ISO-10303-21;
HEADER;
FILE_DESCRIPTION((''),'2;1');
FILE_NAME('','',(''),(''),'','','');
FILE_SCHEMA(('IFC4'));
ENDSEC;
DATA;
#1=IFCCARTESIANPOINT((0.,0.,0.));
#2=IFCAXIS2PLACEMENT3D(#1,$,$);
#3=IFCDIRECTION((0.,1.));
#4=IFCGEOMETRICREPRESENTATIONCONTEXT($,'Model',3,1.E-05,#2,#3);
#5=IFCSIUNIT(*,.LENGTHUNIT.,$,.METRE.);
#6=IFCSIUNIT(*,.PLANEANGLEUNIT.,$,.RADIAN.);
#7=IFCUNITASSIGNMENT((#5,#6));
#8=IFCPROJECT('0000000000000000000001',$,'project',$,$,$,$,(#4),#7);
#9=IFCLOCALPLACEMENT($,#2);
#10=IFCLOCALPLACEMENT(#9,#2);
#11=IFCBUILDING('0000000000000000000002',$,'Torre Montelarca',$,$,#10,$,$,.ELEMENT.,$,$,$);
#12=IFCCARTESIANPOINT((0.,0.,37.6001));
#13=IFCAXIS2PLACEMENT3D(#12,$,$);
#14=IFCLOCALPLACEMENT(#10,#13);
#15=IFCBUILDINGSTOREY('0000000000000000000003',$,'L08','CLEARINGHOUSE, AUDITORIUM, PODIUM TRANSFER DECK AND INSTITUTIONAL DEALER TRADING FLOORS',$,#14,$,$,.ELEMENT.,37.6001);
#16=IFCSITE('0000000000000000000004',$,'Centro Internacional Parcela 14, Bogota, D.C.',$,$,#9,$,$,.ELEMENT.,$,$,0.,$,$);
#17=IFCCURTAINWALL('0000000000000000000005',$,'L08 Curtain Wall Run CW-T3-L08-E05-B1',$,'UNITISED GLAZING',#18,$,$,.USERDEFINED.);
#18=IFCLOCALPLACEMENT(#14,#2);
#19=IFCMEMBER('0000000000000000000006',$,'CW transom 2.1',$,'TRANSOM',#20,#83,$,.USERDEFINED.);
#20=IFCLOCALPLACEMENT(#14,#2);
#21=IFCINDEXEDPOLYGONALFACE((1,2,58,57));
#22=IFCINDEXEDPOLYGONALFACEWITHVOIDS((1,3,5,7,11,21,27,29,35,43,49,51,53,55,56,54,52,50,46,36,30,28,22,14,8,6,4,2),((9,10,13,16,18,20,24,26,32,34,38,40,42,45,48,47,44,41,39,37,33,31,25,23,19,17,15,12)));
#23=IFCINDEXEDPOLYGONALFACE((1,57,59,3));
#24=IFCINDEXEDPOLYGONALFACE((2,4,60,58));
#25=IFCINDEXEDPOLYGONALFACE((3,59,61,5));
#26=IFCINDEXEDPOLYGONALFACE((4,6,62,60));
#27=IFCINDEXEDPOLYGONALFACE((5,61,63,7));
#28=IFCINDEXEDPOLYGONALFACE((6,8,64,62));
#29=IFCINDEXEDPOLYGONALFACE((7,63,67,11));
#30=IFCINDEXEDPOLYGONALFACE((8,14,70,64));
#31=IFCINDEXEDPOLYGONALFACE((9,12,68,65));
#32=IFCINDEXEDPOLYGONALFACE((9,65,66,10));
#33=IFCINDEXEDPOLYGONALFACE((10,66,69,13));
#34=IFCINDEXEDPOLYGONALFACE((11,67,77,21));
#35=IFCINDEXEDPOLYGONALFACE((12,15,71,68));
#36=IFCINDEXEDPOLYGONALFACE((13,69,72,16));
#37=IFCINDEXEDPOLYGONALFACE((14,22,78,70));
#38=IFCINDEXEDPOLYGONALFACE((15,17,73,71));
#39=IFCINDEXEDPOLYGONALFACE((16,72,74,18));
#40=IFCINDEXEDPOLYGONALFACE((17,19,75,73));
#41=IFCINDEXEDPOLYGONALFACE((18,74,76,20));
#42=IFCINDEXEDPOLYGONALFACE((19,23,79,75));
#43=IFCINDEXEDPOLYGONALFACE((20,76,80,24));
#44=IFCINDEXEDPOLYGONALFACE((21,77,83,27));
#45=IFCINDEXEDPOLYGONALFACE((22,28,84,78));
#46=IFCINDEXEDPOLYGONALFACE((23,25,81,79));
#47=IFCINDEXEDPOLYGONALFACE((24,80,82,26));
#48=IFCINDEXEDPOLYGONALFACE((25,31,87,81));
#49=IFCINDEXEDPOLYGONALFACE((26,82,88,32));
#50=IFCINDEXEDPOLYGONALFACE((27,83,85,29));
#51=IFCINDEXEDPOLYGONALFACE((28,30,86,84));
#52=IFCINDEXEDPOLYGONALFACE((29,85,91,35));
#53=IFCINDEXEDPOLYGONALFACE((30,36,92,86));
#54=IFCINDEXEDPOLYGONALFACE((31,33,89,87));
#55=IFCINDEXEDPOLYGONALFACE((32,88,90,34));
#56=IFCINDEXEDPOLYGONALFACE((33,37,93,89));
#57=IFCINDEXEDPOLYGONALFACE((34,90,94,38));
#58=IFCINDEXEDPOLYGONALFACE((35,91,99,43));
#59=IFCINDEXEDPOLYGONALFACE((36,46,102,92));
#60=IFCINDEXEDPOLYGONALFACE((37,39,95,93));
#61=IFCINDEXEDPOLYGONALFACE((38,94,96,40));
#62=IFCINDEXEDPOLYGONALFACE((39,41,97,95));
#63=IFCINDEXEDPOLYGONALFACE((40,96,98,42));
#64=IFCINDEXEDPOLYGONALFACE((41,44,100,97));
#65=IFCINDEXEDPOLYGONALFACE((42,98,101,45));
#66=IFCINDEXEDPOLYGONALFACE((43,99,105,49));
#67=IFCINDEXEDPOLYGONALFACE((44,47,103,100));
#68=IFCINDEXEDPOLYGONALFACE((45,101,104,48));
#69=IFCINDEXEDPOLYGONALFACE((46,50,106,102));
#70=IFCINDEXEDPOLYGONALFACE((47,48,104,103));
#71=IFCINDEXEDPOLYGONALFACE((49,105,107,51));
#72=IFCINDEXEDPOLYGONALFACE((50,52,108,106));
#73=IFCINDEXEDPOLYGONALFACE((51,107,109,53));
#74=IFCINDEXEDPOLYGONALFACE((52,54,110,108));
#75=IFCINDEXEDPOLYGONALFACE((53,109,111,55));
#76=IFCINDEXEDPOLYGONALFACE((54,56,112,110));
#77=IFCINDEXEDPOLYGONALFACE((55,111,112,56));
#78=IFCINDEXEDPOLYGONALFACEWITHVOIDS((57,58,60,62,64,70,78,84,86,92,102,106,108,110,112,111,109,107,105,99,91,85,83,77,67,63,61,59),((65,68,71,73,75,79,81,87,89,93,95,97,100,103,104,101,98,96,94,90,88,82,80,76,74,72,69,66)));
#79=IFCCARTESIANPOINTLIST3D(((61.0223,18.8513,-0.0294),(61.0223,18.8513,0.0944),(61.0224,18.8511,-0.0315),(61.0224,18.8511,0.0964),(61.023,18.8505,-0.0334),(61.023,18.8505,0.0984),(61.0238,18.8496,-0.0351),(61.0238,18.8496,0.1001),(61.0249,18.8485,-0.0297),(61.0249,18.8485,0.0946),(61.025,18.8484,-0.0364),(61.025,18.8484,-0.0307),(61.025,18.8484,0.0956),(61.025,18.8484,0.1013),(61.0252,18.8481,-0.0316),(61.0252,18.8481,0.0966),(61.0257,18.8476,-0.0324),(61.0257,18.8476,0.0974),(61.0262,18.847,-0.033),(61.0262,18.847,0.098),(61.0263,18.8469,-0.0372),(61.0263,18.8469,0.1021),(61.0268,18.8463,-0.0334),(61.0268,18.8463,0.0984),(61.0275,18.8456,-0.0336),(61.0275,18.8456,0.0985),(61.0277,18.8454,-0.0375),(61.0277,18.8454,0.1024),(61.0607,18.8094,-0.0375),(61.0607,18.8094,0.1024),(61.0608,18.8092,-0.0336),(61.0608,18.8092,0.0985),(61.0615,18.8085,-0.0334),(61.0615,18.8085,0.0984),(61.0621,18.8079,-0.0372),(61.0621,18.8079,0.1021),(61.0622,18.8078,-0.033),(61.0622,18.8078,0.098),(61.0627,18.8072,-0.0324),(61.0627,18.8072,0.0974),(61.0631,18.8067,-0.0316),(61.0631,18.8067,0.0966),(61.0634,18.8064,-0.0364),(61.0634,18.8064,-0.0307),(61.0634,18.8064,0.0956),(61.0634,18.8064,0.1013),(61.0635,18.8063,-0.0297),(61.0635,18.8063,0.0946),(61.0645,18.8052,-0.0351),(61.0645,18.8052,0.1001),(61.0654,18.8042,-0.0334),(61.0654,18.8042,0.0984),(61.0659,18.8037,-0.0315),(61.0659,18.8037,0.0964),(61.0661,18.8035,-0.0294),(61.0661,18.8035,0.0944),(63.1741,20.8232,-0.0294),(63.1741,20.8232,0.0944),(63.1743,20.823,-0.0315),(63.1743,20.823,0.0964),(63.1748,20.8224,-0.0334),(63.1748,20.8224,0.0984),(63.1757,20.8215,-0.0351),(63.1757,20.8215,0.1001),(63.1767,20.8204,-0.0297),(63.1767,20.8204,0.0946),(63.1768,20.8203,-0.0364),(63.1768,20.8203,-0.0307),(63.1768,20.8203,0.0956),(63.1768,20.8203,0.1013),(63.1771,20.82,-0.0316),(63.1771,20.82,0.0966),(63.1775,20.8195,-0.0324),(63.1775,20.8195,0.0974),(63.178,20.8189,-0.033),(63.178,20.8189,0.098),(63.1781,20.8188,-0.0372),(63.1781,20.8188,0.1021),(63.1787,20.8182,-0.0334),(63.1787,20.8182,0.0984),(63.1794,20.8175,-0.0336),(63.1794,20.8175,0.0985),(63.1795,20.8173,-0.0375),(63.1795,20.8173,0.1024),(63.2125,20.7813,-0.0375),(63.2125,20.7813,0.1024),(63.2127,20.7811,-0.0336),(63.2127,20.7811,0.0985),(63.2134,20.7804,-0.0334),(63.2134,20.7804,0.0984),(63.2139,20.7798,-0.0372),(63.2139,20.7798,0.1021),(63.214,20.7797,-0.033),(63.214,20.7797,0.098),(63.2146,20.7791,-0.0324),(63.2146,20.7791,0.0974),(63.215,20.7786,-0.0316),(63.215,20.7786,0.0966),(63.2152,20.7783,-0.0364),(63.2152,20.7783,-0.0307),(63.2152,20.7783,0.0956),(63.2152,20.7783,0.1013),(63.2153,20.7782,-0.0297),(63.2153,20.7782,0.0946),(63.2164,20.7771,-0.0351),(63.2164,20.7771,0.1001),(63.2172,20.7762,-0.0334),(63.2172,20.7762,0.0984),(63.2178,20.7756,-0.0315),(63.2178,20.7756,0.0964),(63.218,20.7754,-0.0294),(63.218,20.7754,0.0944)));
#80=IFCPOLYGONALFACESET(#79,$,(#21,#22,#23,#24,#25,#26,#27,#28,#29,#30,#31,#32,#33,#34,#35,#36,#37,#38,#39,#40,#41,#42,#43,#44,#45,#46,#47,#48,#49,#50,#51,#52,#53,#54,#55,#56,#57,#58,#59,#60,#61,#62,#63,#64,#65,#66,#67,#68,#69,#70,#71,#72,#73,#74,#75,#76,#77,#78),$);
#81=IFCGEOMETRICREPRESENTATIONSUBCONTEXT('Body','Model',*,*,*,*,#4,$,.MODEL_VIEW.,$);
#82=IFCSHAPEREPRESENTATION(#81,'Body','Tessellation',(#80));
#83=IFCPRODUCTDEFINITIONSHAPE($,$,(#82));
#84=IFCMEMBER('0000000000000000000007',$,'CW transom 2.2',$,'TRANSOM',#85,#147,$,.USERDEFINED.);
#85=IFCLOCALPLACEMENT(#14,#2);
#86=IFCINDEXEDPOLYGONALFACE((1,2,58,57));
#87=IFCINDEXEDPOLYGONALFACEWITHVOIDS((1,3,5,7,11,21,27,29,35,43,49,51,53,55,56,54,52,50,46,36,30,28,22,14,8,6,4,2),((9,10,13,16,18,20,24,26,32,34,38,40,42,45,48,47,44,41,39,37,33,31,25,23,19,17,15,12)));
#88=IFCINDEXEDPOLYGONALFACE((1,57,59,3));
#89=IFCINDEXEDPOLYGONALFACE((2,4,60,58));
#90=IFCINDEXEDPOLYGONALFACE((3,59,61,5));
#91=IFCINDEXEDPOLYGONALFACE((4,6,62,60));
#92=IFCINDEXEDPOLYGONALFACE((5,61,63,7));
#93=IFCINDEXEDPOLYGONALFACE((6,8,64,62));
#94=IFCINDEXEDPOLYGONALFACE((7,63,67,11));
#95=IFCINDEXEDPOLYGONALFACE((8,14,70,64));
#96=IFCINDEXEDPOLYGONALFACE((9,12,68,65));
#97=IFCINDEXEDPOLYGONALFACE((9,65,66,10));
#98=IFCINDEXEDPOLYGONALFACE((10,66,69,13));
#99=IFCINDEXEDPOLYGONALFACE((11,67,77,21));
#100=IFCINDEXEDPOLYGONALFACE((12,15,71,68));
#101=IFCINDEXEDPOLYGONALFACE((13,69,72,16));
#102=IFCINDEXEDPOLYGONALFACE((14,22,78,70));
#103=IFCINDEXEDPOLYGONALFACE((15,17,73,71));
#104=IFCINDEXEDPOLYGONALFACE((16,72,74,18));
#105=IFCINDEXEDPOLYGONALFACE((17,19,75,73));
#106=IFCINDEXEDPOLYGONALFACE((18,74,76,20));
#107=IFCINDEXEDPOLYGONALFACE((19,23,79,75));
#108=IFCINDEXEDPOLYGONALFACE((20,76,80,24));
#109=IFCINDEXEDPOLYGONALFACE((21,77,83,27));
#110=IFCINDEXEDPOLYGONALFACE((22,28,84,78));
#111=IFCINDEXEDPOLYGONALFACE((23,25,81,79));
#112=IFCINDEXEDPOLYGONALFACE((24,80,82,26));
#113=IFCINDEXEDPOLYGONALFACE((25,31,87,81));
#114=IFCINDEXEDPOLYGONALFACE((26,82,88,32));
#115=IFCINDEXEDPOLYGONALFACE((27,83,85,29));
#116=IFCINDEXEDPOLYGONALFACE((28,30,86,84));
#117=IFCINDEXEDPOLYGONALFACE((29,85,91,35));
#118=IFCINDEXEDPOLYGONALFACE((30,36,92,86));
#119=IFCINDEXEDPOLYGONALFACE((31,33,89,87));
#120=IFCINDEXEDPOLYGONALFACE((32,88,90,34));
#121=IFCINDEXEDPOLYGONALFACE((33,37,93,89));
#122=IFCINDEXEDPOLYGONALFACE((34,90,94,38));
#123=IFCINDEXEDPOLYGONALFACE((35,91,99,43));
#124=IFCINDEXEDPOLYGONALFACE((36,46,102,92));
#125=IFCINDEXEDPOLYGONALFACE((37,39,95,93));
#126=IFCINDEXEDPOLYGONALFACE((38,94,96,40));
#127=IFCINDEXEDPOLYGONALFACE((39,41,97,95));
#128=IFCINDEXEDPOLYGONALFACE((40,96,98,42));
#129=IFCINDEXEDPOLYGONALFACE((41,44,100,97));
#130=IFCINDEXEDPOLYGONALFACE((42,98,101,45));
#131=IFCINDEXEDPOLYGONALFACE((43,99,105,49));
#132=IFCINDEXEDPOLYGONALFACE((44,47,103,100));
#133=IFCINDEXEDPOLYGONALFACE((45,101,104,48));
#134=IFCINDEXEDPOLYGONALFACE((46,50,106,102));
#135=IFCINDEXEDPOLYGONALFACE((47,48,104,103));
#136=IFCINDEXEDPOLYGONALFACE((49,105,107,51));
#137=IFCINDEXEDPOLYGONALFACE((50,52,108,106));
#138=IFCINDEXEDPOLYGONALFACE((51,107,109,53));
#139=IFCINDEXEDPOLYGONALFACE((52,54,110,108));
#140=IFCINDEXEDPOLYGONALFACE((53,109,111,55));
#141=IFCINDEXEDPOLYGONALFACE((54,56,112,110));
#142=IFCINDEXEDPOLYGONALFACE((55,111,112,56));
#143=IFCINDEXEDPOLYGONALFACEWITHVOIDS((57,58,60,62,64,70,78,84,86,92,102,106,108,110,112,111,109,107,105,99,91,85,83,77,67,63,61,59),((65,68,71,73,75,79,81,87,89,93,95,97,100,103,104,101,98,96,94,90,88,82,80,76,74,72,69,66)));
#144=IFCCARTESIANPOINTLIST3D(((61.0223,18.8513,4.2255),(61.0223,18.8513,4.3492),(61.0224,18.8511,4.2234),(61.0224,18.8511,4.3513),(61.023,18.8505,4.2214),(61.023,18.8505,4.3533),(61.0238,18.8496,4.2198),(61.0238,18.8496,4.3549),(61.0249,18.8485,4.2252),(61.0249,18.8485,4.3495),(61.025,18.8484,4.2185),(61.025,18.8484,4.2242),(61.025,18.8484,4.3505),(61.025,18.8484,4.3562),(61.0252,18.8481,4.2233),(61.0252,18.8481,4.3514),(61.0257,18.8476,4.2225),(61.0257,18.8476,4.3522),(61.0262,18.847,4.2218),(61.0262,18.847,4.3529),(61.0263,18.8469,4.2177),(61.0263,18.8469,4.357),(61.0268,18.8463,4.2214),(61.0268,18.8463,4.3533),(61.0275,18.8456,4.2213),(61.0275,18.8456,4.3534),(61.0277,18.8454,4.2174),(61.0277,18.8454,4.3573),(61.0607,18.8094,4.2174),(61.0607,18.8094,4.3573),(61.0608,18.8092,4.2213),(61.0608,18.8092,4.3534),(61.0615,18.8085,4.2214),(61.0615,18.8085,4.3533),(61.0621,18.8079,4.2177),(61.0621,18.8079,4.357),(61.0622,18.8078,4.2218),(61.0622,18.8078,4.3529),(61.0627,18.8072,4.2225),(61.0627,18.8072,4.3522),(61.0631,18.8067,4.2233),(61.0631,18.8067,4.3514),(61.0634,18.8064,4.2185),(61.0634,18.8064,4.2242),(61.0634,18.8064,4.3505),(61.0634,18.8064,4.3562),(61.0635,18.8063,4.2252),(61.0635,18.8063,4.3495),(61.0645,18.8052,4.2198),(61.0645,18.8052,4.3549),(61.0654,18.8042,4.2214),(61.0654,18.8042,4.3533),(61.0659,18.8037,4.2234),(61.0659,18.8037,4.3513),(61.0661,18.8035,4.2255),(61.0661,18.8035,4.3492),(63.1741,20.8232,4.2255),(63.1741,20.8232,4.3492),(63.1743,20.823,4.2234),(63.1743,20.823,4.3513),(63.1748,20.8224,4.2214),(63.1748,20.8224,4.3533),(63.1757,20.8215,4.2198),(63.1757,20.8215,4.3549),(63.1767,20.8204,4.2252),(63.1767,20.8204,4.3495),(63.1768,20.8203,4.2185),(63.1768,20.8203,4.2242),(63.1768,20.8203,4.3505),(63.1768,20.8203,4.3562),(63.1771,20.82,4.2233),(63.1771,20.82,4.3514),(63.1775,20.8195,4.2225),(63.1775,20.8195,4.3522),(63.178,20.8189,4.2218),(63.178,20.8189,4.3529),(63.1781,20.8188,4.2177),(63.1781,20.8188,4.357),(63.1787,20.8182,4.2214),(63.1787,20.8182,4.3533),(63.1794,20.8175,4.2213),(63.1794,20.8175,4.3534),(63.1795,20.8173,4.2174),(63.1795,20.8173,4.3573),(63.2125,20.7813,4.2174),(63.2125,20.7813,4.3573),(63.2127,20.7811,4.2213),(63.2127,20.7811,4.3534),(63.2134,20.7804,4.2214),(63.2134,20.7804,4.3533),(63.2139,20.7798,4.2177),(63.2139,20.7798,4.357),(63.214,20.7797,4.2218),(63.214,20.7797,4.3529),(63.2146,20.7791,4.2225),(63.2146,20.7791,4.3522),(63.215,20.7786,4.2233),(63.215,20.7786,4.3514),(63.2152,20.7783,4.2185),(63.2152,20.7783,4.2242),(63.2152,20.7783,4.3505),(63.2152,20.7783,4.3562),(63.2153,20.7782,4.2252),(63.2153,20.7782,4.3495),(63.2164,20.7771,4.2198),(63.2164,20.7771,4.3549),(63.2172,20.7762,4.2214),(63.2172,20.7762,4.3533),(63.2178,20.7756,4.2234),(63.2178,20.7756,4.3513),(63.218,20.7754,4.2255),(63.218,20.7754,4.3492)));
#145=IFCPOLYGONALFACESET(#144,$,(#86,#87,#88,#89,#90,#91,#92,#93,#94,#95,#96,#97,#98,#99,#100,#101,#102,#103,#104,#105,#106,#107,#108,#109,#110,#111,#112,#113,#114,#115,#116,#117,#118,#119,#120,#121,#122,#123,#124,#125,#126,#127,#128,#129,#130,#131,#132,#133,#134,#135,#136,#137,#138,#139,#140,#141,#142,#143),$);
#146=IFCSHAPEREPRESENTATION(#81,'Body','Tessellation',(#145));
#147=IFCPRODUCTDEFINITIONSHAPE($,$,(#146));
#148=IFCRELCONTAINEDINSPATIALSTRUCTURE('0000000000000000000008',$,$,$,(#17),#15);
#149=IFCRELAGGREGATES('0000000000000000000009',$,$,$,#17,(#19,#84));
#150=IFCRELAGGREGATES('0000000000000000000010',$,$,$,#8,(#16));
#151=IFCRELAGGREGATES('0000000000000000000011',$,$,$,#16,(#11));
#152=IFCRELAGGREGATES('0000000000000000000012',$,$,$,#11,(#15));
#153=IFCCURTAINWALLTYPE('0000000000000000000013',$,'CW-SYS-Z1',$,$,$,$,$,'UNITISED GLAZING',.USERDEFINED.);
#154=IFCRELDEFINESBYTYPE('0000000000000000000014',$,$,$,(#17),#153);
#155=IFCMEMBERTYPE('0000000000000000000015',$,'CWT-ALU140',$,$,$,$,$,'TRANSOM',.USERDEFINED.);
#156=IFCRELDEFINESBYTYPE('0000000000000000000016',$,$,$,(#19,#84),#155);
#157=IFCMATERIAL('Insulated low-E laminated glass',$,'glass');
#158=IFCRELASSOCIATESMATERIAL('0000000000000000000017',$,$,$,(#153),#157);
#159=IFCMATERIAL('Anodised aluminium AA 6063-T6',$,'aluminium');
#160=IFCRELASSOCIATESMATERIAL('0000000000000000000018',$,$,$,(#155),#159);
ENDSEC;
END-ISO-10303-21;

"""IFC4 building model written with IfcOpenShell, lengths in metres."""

from ifc_helpers import new_model, si_unit, direction, frame, origin, origin_2d, place, context, subcontext, project, spatial, hollow_rectangle, extrude, source, transform, mapped, material, material_profile, profile_set, type_object, element, aggregate, save


model = new_model("IFC4")

# Units and contexts
model_context = context("Model", 3, precision=1e-05, world=origin(), true_north=direction((0.0, 1.0)))
body_context = subcontext(model_context, "Body", "Model", "MODEL_VIEW")
ifc_project = project(units=[si_unit("LENGTHUNIT", "METRE"), si_unit("PLANEANGLEUNIT", "RADIAN")], contexts=[model_context])

# Site, building, storey
site_placement = place(None, origin())
site = spatial("IfcSite", under=ifc_project, at=site_placement, Name="Centro Internacional Parcela 14, Bogota, D.C.", CompositionType="ELEMENT", RefElevation=0.0)
building_placement = place(site_placement, origin())
building = spatial("IfcBuilding", under=site, at=building_placement, Name="Torre Montelarca", CompositionType="ELEMENT")
storey_placement = place(building_placement, frame((0.0, 0.0, 37.6001)))
storey = spatial("IfcBuildingStorey", under=building, at=storey_placement, Name="L08", Description="CLEARINGHOUSE, AUDITORIUM, PODIUM TRANSFER DECK AND INSTITUTIONAL DEALER TRADING FLOORS", CompositionType="ELEMENT", Elevation=37.6001)

# Curtain wall, members
ifc_material_1 = material(Name="Insulated low-E laminated glass", Category="glass")
curtain_wall_type = type_object("IfcCurtainWallType", Name="CW-SYS-Z1", ElementType="UNITISED GLAZING", PredefinedType="USERDEFINED", material=ifc_material_1)
ifc_material_2 = material(Name="Anodised aluminium AA 6063-T6", Category="aluminium")
ifc_material_profile_1 = material_profile(ifc_material_2, hollow_rectangle(XDim=0.0649, YDim=0.1399, WallThickness=0.0039, InnerFilletRadius=0.0039, OuterFilletRadius=0.0081, at=origin_2d()), Name="ALU65X140X4", Category="aluminium")
ifc_profile_set_1 = profile_set([ifc_material_profile_1], Name="Anodised aluminium AA 6063-T6")
member_type_1 = type_object("IfcMemberType", Name="CWT-ALU140", ElementType="TRANSOM", PredefinedType="USERDEFINED", material=ifc_profile_set_1)
curtain_wall_1_placement = place(storey_placement, origin())
curtain_wall_1 = element("IfcCurtainWall", 1, at=curtain_wall_1_placement, inside=storey, type_object=curtain_wall_type, Name="L08 Curtain Wall Run CW-T3-L08-E05-B1", ObjectType="UNITISED GLAZING", PredefinedType="USERDEFINED")
shared_shape_1 = source(origin(), body_context, "Body", "SweptSolid", [
    extrude(hollow_rectangle(XDim=0.0649, YDim=0.1399, WallThickness=0.0039, InnerFilletRadius=0.0039, OuterFilletRadius=0.0081, at=origin_2d()), origin(), (0.0, 0.0, 1.0), 2.9187),
])
member_1_placement = place(storey_placement, frame((61.0442, 18.8274, 0.0325), z_axis=(0.737258, 0.675611, 0.0), x_axis=(-0.675611, 0.737258, 0.0)))
member_1 = element("IfcMember", 2, at=member_1_placement, type_object=member_type_1, Name="CW transom 2.1", ObjectType="TRANSOM", PredefinedType="USERDEFINED", context=body_context, shape_type="MappedRepresentation", body=[
    mapped(shared_shape_1, transform((0.0, 0.0, 0.0), scale=1.0)),
])
member_2_placement = place(storey_placement, frame((61.0442, 18.8274, 4.2874), z_axis=(0.737258, 0.675611, 0.0), x_axis=(-0.675611, 0.737258, 0.0)))
member_2 = element("IfcMember", 3, at=member_2_placement, type_object=member_type_1, Name="CW transom 2.2", ObjectType="TRANSOM", PredefinedType="USERDEFINED", context=body_context, shape_type="MappedRepresentation", body=[
    mapped(shared_shape_1, transform((0.0, 0.0, 0.0), scale=1.0)),
])

aggregate(curtain_wall_1, [member_1, member_2])

save(model, "model.ifc")
